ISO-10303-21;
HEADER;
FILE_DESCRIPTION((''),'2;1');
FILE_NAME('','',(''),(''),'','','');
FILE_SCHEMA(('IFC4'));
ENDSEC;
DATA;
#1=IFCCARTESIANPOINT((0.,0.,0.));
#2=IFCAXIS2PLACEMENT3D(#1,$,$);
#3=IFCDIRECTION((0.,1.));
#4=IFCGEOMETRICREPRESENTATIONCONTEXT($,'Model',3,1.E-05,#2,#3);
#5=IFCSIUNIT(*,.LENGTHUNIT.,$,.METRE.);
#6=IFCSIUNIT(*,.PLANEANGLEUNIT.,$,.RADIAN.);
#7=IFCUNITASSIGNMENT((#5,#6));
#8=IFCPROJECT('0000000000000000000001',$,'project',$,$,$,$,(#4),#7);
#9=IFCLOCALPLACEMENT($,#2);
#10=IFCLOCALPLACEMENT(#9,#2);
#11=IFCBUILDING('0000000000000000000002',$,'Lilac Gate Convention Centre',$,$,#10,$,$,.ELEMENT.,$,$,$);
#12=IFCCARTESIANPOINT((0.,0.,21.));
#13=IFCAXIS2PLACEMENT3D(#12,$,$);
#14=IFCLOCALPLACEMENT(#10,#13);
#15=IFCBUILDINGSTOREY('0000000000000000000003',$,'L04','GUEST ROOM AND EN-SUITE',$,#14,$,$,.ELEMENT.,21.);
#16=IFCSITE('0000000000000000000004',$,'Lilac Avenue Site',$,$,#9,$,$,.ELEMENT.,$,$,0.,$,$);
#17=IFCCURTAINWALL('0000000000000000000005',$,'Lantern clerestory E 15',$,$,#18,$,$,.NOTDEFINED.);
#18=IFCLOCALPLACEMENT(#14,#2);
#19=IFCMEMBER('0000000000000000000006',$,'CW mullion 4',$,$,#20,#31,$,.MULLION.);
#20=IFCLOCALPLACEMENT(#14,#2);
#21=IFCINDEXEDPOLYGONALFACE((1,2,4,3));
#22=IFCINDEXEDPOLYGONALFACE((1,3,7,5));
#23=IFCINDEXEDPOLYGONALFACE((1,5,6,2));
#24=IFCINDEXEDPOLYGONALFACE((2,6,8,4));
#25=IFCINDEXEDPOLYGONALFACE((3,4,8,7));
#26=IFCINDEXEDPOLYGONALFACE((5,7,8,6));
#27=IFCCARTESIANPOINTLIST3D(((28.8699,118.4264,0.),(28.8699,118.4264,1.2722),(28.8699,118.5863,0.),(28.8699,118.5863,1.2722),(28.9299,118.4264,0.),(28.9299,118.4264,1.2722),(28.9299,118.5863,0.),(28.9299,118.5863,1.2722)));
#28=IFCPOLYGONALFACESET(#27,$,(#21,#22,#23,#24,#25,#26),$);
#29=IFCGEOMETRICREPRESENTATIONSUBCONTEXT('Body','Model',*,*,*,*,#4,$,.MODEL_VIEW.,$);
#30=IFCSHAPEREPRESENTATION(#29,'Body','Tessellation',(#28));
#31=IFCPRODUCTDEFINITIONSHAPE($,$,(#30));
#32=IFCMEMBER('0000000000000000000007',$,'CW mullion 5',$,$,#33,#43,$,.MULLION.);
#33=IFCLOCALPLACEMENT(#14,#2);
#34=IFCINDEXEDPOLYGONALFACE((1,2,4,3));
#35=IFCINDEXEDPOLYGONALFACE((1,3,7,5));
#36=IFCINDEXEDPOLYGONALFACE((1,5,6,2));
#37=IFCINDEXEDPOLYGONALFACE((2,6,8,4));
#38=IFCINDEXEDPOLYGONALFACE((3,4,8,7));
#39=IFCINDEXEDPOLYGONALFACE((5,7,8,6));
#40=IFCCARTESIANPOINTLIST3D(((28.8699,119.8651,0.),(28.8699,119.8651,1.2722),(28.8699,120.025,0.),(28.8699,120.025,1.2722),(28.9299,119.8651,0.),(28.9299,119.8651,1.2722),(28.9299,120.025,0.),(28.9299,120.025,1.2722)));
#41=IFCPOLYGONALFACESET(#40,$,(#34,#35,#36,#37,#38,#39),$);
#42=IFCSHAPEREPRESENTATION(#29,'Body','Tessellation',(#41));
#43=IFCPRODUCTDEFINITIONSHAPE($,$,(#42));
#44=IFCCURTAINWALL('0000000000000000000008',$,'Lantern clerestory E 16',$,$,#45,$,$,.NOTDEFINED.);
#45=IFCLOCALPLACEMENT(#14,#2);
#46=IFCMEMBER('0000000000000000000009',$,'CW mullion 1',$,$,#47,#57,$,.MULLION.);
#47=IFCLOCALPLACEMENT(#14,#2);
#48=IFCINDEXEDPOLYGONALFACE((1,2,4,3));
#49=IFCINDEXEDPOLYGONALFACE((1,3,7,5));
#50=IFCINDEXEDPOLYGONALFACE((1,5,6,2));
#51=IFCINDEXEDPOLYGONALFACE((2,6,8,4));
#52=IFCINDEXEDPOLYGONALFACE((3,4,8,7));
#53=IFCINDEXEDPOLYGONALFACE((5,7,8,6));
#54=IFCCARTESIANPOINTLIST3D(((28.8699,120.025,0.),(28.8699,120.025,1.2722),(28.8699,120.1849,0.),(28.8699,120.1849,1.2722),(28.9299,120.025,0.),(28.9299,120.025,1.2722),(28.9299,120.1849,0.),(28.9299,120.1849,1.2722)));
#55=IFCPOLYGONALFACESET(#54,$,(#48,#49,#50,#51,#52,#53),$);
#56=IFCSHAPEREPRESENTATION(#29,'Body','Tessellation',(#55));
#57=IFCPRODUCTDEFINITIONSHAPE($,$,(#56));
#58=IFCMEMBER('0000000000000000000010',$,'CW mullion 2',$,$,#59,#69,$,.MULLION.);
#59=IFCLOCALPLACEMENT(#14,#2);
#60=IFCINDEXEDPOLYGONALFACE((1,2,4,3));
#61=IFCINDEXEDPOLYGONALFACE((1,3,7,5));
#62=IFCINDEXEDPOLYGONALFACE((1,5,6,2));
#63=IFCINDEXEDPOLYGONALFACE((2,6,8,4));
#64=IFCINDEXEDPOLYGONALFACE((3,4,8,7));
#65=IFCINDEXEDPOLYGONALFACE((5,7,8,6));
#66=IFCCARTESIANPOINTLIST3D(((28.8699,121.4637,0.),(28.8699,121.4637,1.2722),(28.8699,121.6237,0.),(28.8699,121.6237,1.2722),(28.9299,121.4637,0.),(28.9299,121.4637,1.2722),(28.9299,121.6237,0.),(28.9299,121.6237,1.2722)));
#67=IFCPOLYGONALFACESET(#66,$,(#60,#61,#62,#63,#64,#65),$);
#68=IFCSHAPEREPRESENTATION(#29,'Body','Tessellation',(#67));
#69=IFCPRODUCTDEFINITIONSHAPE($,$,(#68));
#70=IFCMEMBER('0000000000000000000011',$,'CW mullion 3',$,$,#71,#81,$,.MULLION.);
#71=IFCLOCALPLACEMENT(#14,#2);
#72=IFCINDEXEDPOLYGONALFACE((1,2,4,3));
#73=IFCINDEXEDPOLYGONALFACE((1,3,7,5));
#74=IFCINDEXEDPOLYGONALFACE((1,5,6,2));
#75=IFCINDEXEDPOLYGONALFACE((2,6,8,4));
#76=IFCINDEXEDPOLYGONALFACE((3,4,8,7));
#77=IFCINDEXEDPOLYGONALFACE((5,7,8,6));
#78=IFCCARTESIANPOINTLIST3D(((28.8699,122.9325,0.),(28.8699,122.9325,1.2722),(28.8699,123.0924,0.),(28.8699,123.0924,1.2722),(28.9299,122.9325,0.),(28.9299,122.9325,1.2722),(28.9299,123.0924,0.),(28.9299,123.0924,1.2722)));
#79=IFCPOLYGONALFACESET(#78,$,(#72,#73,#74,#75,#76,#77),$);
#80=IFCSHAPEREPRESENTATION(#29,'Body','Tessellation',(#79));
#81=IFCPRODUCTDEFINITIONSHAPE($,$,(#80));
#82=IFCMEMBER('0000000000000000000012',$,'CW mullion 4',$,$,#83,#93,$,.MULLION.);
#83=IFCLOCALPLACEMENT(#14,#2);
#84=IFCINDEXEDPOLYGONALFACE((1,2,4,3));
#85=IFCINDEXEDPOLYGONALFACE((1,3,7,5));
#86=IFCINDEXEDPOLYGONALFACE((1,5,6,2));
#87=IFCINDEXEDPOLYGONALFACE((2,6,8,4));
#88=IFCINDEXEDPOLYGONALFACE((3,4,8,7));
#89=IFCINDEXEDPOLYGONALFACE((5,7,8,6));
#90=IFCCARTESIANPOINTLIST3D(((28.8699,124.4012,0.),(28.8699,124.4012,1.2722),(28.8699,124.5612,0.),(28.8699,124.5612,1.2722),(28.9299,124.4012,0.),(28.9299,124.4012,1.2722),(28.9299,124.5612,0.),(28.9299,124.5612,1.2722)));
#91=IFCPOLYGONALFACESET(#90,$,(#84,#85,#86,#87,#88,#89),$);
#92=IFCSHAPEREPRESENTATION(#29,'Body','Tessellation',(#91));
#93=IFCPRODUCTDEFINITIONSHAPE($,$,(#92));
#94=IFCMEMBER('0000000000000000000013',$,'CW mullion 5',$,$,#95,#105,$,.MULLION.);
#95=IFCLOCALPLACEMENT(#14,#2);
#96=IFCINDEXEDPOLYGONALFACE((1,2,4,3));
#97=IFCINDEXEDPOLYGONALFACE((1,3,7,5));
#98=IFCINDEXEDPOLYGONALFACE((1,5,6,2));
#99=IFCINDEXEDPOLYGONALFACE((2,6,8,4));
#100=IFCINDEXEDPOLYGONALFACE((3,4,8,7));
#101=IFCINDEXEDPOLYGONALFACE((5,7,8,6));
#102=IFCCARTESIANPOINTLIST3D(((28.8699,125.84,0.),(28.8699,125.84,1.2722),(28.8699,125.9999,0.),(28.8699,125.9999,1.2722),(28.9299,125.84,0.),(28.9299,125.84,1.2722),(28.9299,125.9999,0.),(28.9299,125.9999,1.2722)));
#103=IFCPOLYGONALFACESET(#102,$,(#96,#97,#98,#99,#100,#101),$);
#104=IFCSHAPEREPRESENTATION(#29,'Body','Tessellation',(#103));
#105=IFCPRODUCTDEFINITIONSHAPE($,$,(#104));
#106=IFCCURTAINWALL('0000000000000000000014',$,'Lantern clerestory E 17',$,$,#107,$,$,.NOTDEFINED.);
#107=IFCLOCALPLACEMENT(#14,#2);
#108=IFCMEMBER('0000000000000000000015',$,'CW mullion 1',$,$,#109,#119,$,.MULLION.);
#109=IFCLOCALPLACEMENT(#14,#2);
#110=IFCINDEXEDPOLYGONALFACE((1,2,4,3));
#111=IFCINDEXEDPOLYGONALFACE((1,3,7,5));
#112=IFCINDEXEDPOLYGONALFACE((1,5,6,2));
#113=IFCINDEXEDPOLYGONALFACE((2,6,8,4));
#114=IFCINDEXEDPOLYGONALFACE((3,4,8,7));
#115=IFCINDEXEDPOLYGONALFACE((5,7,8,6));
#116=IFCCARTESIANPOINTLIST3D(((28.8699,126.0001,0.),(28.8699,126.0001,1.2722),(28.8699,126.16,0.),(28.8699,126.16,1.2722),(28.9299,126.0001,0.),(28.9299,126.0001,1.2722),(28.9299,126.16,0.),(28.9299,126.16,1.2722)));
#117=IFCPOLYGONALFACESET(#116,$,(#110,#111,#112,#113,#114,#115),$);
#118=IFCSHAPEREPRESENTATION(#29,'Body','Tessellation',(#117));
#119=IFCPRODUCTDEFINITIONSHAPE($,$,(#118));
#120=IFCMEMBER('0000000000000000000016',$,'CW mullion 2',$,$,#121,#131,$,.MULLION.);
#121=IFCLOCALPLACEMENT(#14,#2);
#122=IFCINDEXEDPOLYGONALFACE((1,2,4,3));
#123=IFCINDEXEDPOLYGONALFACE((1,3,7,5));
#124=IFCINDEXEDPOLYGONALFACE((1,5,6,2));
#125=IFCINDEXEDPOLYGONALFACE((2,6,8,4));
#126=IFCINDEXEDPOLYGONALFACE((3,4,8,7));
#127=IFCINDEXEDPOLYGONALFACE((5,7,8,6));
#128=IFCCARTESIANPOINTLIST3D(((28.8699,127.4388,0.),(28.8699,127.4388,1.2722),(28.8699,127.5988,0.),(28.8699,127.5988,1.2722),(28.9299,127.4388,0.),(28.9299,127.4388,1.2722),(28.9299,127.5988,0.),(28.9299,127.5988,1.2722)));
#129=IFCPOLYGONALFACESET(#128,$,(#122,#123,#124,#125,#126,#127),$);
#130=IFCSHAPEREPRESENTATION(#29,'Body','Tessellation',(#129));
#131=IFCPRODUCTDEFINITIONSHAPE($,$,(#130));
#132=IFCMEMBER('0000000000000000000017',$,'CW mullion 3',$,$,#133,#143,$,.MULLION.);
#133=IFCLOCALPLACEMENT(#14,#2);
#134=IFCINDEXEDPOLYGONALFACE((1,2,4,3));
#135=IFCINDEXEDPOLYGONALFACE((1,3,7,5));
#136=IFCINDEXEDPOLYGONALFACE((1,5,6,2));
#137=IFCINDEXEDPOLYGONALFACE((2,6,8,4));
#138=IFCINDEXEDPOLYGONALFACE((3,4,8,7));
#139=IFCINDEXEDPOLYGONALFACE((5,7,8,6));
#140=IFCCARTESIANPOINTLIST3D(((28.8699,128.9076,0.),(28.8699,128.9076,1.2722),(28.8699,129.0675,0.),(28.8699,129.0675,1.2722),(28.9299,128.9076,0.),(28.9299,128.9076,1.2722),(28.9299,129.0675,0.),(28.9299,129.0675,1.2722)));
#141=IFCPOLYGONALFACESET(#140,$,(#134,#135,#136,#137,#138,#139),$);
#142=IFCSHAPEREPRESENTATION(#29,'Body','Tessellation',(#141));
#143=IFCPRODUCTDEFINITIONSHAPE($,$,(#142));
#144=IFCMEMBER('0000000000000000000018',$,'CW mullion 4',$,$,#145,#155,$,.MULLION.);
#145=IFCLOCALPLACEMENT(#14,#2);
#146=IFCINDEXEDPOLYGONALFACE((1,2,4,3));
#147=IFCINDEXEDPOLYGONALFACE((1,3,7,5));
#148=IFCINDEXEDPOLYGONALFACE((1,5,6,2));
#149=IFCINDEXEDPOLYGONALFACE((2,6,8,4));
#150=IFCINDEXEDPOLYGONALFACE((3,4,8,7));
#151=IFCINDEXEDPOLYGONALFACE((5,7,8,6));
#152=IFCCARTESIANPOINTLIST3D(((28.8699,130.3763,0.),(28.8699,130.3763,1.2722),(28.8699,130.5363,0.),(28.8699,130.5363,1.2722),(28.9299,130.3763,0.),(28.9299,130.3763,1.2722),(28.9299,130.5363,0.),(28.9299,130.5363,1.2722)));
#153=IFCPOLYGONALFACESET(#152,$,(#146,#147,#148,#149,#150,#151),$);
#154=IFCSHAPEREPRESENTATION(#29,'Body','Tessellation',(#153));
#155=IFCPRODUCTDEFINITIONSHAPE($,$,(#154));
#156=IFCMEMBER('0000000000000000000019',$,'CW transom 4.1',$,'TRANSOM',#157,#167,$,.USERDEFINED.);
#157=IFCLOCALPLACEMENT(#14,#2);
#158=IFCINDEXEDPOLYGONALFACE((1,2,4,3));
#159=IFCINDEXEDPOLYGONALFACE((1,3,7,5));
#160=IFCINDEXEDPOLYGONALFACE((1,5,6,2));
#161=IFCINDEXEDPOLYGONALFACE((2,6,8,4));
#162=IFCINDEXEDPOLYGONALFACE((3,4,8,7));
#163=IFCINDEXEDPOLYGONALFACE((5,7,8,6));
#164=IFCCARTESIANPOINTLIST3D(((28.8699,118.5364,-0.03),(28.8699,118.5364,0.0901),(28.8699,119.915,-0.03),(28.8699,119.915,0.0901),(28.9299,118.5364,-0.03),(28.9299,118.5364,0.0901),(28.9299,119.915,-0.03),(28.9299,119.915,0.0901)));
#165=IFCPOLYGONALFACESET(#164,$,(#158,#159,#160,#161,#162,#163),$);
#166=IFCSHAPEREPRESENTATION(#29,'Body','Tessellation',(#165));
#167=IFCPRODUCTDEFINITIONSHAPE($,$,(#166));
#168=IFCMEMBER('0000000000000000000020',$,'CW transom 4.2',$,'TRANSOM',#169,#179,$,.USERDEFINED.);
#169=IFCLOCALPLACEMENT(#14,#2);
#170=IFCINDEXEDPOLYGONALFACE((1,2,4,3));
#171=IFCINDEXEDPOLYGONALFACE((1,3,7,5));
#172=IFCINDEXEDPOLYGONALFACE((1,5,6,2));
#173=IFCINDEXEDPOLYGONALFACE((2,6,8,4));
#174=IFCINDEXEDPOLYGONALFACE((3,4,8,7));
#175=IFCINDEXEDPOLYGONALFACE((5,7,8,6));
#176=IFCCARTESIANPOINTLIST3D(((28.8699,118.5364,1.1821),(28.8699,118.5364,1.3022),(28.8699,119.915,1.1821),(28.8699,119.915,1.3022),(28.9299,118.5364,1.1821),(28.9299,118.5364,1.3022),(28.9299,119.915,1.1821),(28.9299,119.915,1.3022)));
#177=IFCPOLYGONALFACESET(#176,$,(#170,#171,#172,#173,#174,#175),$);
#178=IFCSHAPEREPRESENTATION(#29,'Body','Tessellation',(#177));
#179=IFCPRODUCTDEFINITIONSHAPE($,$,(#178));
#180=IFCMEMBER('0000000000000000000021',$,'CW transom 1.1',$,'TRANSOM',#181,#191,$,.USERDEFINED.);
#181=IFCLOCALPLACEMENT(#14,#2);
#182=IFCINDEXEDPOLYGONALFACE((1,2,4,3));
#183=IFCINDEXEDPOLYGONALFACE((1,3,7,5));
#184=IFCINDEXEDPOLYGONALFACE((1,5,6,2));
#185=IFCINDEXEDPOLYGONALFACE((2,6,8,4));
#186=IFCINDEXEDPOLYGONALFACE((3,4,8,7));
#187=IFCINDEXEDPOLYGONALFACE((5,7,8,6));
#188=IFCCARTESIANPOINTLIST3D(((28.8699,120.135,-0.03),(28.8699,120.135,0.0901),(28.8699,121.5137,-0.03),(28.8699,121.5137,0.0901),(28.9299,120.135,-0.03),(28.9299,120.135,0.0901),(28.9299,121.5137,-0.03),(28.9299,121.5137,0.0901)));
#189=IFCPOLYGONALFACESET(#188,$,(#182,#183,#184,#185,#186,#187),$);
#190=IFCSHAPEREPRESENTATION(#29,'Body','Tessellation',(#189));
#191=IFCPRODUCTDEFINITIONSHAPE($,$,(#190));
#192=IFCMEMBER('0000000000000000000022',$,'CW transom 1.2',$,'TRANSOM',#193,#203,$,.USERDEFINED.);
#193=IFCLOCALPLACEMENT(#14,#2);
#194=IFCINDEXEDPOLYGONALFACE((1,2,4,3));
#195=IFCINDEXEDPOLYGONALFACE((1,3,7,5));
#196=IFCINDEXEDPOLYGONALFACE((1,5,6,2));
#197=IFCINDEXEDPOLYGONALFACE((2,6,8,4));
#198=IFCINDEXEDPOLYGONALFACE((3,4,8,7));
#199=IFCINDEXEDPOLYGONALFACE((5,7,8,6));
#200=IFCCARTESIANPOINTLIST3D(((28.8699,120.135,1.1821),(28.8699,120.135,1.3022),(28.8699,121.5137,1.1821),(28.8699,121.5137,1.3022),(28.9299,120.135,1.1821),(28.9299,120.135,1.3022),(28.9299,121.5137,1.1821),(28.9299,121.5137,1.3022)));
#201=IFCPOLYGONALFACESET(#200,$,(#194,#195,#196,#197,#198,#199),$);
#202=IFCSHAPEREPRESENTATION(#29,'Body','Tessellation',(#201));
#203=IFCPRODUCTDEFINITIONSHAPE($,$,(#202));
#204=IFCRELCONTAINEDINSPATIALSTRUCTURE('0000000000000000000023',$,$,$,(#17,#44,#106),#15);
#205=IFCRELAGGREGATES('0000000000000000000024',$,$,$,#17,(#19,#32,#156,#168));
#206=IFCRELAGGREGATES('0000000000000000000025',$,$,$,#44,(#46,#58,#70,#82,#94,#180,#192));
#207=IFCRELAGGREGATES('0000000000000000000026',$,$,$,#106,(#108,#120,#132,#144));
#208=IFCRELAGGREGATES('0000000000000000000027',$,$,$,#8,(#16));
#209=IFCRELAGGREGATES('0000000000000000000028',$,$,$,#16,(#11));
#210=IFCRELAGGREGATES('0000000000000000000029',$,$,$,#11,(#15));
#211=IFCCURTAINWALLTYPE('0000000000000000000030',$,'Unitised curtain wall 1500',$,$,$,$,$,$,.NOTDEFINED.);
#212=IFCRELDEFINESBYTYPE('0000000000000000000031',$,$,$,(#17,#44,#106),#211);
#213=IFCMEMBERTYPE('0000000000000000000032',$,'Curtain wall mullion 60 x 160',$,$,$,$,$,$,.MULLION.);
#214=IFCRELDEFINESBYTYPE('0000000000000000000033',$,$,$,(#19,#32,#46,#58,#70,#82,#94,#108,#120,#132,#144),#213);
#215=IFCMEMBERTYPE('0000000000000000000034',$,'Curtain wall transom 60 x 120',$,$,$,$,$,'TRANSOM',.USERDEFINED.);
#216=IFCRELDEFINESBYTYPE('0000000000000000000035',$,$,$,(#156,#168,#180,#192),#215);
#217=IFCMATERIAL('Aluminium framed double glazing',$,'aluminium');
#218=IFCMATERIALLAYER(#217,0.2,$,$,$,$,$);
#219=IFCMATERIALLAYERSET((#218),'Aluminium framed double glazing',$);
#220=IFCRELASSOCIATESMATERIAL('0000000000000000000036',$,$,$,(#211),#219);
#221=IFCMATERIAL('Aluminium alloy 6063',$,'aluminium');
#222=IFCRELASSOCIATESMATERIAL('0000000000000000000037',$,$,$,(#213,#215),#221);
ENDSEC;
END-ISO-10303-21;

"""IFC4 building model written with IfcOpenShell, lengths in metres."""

from ifc_helpers import new_model, si_unit, direction, frame, origin, origin_2d, place, context, subcontext, project, spatial, rectangle, extrude, material, layer, layer_set, material_profile, profile_set, type_object, element, aggregate, save


model = new_model("IFC4")

# Units and contexts
model_context = context("Model", 3, precision=1e-05, world=origin(), true_north=direction((0.0, 1.0)))
body_context = subcontext(model_context, "Body", "Model", "MODEL_VIEW")
ifc_project = project(units=[si_unit("LENGTHUNIT", "METRE"), si_unit("PLANEANGLEUNIT", "RADIAN")], contexts=[model_context])

# Site, building, storey
site_placement = place(None, origin())
site = spatial("IfcSite", under=ifc_project, at=site_placement, Name="Lilac Avenue Site", CompositionType="ELEMENT", RefElevation=0.0)
building_placement = place(site_placement, origin())
building = spatial("IfcBuilding", under=site, at=building_placement, Name="Lilac Gate Convention Centre", CompositionType="ELEMENT")
storey_placement = place(building_placement, frame((0.0, 0.0, 21.0)))
storey = spatial("IfcBuildingStorey", under=building, at=storey_placement, Name="L04", Description="GUEST ROOM AND EN-SUITE", CompositionType="ELEMENT", Elevation=21.0)

# Curtain walls, members
ifc_material_1 = material(Name="Aluminium framed double glazing", Category="aluminium")
ifc_layer_1 = layer(ifc_material_1, 0.2)
ifc_layer_set_1 = layer_set([ifc_layer_1], Name="Aluminium framed double glazing")
curtain_wall_type = type_object("IfcCurtainWallType", Name="Unitised curtain wall 1500", PredefinedType="NOTDEFINED", material=ifc_layer_set_1)
curtain_wall_1_placement = place(storey_placement, origin())
curtain_wall_1 = element("IfcCurtainWall", 1, at=curtain_wall_1_placement, inside=storey, type_object=curtain_wall_type, Name="Lantern clerestory E 15", PredefinedType="NOTDEFINED")
ifc_material_2 = material(Name="Aluminium alloy 6063", Category="aluminium")
ifc_material_profile_1 = material_profile(ifc_material_2, rectangle(XDim=0.0601, YDim=0.1599, at=origin_2d()), Name="Curtain wall mullion 60 x 160")
ifc_profile_set_1 = profile_set([ifc_material_profile_1], Name="Aluminium alloy 6063")
member_type_1 = type_object("IfcMemberType", Name="Curtain wall mullion 60 x 160", PredefinedType="MULLION", material=ifc_profile_set_1)
member_1_placement = place(storey_placement, frame((28.8999, 118.5063, 0.0), z_axis=(0.0, 0.0, 1.0), x_axis=(-1.0, 0.0, 0.0)))
member_1 = element("IfcMember", 2, at=member_1_placement, type_object=member_type_1, Name="CW mullion 4", PredefinedType="MULLION", context=body_context, shape_type="SweptSolid", body=[
    extrude(rectangle(XDim=0.0601, YDim=0.1599, at=origin_2d()), origin(), (0.0, 0.0, 1.0), 1.2722),
])
member_2_placement = place(storey_placement, frame((28.8999, 119.9451, 0.0), z_axis=(0.0, 0.0, 1.0), x_axis=(-1.0, 0.0, 0.0)))
member_2 = element("IfcMember", 3, at=member_2_placement, type_object=member_type_1, Name="CW mullion 5", PredefinedType="MULLION", context=body_context, shape_type="SweptSolid", body=[
    extrude(rectangle(XDim=0.0601, YDim=0.1599, at=origin_2d()), origin(), (0.0, 0.0, 1.0), 1.2722),
])
curtain_wall_2_placement = place(storey_placement, origin())
curtain_wall_2 = element("IfcCurtainWall", 4, at=curtain_wall_2_placement, inside=storey, type_object=curtain_wall_type, Name="Lantern clerestory E 16", PredefinedType="NOTDEFINED")
member_3_placement = place(storey_placement, frame((28.8999, 120.105, 0.0), z_axis=(0.0, 0.0, 1.0), x_axis=(-1.0, 0.0, 0.0)))
member_3 = element("IfcMember", 5, at=member_3_placement, type_object=member_type_1, Name="CW mullion 1", PredefinedType="MULLION", context=body_context, shape_type="SweptSolid", body=[
    extrude(rectangle(XDim=0.0601, YDim=0.1599, at=origin_2d()), origin(), (0.0, 0.0, 1.0), 1.2722),
])
member_4_placement = place(storey_placement, frame((28.8999, 121.5437, 0.0), z_axis=(0.0, 0.0, 1.0), x_axis=(-1.0, 0.0, 0.0)))
member_4 = element("IfcMember", 6, at=member_4_placement, type_object=member_type_1, Name="CW mullion 2", PredefinedType="MULLION", context=body_context, shape_type="SweptSolid", body=[
    extrude(rectangle(XDim=0.0601, YDim=0.1599, at=origin_2d()), origin(), (0.0, 0.0, 1.0), 1.2722),
])
member_5_placement = place(storey_placement, frame((28.8999, 123.0125, 0.0), z_axis=(0.0, 0.0, 1.0), x_axis=(-1.0, 0.0, 0.0)))
member_5 = element("IfcMember", 7, at=member_5_placement, type_object=member_type_1, Name="CW mullion 3", PredefinedType="MULLION", context=body_context, shape_type="SweptSolid", body=[
    extrude(rectangle(XDim=0.0601, YDim=0.1599, at=origin_2d()), origin(), (0.0, 0.0, 1.0), 1.2722),
])
member_6_placement = place(storey_placement, frame((28.8999, 124.4812, 0.0), z_axis=(0.0, 0.0, 1.0), x_axis=(-1.0, 0.0, 0.0)))
member_6 = element("IfcMember", 8, at=member_6_placement, type_object=member_type_1, Name="CW mullion 4", PredefinedType="MULLION", context=body_context, shape_type="SweptSolid", body=[
    extrude(rectangle(XDim=0.0601, YDim=0.1599, at=origin_2d()), origin(), (0.0, 0.0, 1.0), 1.2722),
])
member_7_placement = place(storey_placement, frame((28.8999, 125.9199, 0.0), z_axis=(0.0, 0.0, 1.0), x_axis=(-1.0, 0.0, 0.0)))
member_7 = element("IfcMember", 9, at=member_7_placement, type_object=member_type_1, Name="CW mullion 5", PredefinedType="MULLION", context=body_context, shape_type="SweptSolid", body=[
    extrude(rectangle(XDim=0.0601, YDim=0.1599, at=origin_2d()), origin(), (0.0, 0.0, 1.0), 1.2722),
])
curtain_wall_3_placement = place(storey_placement, origin())
curtain_wall_3 = element("IfcCurtainWall", 10, at=curtain_wall_3_placement, inside=storey, type_object=curtain_wall_type, Name="Lantern clerestory E 17", PredefinedType="NOTDEFINED")
member_8_placement = place(storey_placement, frame((28.8999, 126.0801, 0.0), z_axis=(0.0, 0.0, 1.0), x_axis=(-1.0, 0.0, 0.0)))
member_8 = element("IfcMember", 11, at=member_8_placement, type_object=member_type_1, Name="CW mullion 1", PredefinedType="MULLION", context=body_context, shape_type="SweptSolid", body=[
    extrude(rectangle(XDim=0.0601, YDim=0.1599, at=origin_2d()), origin(), (0.0, 0.0, 1.0), 1.2722),
])
member_9_placement = place(storey_placement, frame((28.8999, 127.5188, 0.0), z_axis=(0.0, 0.0, 1.0), x_axis=(-1.0, 0.0, 0.0)))
member_9 = element("IfcMember", 12, at=member_9_placement, type_object=member_type_1, Name="CW mullion 2", PredefinedType="MULLION", context=body_context, shape_type="SweptSolid", body=[
    extrude(rectangle(XDim=0.0601, YDim=0.1599, at=origin_2d()), origin(), (0.0, 0.0, 1.0), 1.2722),
])
member_10_placement = place(storey_placement, frame((28.8999, 128.9875, 0.0), z_axis=(0.0, 0.0, 1.0), x_axis=(-1.0, 0.0, 0.0)))
member_10 = element("IfcMember", 13, at=member_10_placement, type_object=member_type_1, Name="CW mullion 3", PredefinedType="MULLION", context=body_context, shape_type="SweptSolid", body=[
    extrude(rectangle(XDim=0.0601, YDim=0.1599, at=origin_2d()), origin(), (0.0, 0.0, 1.0), 1.2722),
])
member_11_placement = place(storey_placement, frame((28.8999, 130.4563, 0.0), z_axis=(0.0, 0.0, 1.0), x_axis=(-1.0, 0.0, 0.0)))
member_11 = element("IfcMember", 14, at=member_11_placement, type_object=member_type_1, Name="CW mullion 4", PredefinedType="MULLION", context=body_context, shape_type="SweptSolid", body=[
    extrude(rectangle(XDim=0.0601, YDim=0.1599, at=origin_2d()), origin(), (0.0, 0.0, 1.0), 1.2722),
])

# Members
ifc_material_profile_2 = material_profile(ifc_material_2, rectangle(XDim=0.0601, YDim=0.1201, at=origin_2d()), Name="Curtain wall transom 60 x 120")
ifc_profile_set_2 = profile_set([ifc_material_profile_2], Name="Aluminium alloy 6063")
member_type_2 = type_object("IfcMemberType", Name="Curtain wall transom 60 x 120", ElementType="TRANSOM", PredefinedType="USERDEFINED", material=ifc_profile_set_2)
member_12_placement = place(storey_placement, frame((28.8999, 118.5364, 0.03), z_axis=(0.0, 1.0, 0.0), x_axis=(-1.0, 0.0, 0.0)))
member_12 = element("IfcMember", 15, at=member_12_placement, type_object=member_type_2, Name="CW transom 4.1", ObjectType="TRANSOM", PredefinedType="USERDEFINED", context=body_context, shape_type="SweptSolid", body=[
    extrude(rectangle(XDim=0.0601, YDim=0.1201, at=origin_2d()), origin(), (0.0, 0.0, 1.0), 1.3787),
])
member_13_placement = place(storey_placement, frame((28.8999, 118.5364, 1.2422), z_axis=(0.0, 1.0, 0.0), x_axis=(-1.0, 0.0, 0.0)))
member_13 = element("IfcMember", 16, at=member_13_placement, type_object=member_type_2, Name="CW transom 4.2", ObjectType="TRANSOM", PredefinedType="USERDEFINED", context=body_context, shape_type="SweptSolid", body=[
    extrude(rectangle(XDim=0.0601, YDim=0.1201, at=origin_2d()), origin(), (0.0, 0.0, 1.0), 1.3787),
])
member_14_placement = place(storey_placement, frame((28.8999, 120.135, 0.03), z_axis=(0.0, 1.0, 0.0), x_axis=(-1.0, 0.0, 0.0)))
member_14 = element("IfcMember", 17, at=member_14_placement, type_object=member_type_2, Name="CW transom 1.1", ObjectType="TRANSOM", PredefinedType="USERDEFINED", context=body_context, shape_type="SweptSolid", body=[
    extrude(rectangle(XDim=0.0601, YDim=0.1201, at=origin_2d()), origin(), (0.0, 0.0, 1.0), 1.3787),
])
member_15_placement = place(storey_placement, frame((28.8999, 120.135, 1.2422), z_axis=(0.0, 1.0, 0.0), x_axis=(-1.0, 0.0, 0.0)))
member_15 = element("IfcMember", 18, at=member_15_placement, type_object=member_type_2, Name="CW transom 1.2", ObjectType="TRANSOM", PredefinedType="USERDEFINED", context=body_context, shape_type="SweptSolid", body=[
    extrude(rectangle(XDim=0.0601, YDim=0.1201, at=origin_2d()), origin(), (0.0, 0.0, 1.0), 1.3787),
])

aggregate(curtain_wall_1, [member_1, member_2, member_12, member_13])
aggregate(curtain_wall_2, [member_3, member_4, member_5, member_6, member_7, member_14, member_15])
aggregate(curtain_wall_3, [member_8, member_9, member_10, member_11])

save(model, "model.ifc")
